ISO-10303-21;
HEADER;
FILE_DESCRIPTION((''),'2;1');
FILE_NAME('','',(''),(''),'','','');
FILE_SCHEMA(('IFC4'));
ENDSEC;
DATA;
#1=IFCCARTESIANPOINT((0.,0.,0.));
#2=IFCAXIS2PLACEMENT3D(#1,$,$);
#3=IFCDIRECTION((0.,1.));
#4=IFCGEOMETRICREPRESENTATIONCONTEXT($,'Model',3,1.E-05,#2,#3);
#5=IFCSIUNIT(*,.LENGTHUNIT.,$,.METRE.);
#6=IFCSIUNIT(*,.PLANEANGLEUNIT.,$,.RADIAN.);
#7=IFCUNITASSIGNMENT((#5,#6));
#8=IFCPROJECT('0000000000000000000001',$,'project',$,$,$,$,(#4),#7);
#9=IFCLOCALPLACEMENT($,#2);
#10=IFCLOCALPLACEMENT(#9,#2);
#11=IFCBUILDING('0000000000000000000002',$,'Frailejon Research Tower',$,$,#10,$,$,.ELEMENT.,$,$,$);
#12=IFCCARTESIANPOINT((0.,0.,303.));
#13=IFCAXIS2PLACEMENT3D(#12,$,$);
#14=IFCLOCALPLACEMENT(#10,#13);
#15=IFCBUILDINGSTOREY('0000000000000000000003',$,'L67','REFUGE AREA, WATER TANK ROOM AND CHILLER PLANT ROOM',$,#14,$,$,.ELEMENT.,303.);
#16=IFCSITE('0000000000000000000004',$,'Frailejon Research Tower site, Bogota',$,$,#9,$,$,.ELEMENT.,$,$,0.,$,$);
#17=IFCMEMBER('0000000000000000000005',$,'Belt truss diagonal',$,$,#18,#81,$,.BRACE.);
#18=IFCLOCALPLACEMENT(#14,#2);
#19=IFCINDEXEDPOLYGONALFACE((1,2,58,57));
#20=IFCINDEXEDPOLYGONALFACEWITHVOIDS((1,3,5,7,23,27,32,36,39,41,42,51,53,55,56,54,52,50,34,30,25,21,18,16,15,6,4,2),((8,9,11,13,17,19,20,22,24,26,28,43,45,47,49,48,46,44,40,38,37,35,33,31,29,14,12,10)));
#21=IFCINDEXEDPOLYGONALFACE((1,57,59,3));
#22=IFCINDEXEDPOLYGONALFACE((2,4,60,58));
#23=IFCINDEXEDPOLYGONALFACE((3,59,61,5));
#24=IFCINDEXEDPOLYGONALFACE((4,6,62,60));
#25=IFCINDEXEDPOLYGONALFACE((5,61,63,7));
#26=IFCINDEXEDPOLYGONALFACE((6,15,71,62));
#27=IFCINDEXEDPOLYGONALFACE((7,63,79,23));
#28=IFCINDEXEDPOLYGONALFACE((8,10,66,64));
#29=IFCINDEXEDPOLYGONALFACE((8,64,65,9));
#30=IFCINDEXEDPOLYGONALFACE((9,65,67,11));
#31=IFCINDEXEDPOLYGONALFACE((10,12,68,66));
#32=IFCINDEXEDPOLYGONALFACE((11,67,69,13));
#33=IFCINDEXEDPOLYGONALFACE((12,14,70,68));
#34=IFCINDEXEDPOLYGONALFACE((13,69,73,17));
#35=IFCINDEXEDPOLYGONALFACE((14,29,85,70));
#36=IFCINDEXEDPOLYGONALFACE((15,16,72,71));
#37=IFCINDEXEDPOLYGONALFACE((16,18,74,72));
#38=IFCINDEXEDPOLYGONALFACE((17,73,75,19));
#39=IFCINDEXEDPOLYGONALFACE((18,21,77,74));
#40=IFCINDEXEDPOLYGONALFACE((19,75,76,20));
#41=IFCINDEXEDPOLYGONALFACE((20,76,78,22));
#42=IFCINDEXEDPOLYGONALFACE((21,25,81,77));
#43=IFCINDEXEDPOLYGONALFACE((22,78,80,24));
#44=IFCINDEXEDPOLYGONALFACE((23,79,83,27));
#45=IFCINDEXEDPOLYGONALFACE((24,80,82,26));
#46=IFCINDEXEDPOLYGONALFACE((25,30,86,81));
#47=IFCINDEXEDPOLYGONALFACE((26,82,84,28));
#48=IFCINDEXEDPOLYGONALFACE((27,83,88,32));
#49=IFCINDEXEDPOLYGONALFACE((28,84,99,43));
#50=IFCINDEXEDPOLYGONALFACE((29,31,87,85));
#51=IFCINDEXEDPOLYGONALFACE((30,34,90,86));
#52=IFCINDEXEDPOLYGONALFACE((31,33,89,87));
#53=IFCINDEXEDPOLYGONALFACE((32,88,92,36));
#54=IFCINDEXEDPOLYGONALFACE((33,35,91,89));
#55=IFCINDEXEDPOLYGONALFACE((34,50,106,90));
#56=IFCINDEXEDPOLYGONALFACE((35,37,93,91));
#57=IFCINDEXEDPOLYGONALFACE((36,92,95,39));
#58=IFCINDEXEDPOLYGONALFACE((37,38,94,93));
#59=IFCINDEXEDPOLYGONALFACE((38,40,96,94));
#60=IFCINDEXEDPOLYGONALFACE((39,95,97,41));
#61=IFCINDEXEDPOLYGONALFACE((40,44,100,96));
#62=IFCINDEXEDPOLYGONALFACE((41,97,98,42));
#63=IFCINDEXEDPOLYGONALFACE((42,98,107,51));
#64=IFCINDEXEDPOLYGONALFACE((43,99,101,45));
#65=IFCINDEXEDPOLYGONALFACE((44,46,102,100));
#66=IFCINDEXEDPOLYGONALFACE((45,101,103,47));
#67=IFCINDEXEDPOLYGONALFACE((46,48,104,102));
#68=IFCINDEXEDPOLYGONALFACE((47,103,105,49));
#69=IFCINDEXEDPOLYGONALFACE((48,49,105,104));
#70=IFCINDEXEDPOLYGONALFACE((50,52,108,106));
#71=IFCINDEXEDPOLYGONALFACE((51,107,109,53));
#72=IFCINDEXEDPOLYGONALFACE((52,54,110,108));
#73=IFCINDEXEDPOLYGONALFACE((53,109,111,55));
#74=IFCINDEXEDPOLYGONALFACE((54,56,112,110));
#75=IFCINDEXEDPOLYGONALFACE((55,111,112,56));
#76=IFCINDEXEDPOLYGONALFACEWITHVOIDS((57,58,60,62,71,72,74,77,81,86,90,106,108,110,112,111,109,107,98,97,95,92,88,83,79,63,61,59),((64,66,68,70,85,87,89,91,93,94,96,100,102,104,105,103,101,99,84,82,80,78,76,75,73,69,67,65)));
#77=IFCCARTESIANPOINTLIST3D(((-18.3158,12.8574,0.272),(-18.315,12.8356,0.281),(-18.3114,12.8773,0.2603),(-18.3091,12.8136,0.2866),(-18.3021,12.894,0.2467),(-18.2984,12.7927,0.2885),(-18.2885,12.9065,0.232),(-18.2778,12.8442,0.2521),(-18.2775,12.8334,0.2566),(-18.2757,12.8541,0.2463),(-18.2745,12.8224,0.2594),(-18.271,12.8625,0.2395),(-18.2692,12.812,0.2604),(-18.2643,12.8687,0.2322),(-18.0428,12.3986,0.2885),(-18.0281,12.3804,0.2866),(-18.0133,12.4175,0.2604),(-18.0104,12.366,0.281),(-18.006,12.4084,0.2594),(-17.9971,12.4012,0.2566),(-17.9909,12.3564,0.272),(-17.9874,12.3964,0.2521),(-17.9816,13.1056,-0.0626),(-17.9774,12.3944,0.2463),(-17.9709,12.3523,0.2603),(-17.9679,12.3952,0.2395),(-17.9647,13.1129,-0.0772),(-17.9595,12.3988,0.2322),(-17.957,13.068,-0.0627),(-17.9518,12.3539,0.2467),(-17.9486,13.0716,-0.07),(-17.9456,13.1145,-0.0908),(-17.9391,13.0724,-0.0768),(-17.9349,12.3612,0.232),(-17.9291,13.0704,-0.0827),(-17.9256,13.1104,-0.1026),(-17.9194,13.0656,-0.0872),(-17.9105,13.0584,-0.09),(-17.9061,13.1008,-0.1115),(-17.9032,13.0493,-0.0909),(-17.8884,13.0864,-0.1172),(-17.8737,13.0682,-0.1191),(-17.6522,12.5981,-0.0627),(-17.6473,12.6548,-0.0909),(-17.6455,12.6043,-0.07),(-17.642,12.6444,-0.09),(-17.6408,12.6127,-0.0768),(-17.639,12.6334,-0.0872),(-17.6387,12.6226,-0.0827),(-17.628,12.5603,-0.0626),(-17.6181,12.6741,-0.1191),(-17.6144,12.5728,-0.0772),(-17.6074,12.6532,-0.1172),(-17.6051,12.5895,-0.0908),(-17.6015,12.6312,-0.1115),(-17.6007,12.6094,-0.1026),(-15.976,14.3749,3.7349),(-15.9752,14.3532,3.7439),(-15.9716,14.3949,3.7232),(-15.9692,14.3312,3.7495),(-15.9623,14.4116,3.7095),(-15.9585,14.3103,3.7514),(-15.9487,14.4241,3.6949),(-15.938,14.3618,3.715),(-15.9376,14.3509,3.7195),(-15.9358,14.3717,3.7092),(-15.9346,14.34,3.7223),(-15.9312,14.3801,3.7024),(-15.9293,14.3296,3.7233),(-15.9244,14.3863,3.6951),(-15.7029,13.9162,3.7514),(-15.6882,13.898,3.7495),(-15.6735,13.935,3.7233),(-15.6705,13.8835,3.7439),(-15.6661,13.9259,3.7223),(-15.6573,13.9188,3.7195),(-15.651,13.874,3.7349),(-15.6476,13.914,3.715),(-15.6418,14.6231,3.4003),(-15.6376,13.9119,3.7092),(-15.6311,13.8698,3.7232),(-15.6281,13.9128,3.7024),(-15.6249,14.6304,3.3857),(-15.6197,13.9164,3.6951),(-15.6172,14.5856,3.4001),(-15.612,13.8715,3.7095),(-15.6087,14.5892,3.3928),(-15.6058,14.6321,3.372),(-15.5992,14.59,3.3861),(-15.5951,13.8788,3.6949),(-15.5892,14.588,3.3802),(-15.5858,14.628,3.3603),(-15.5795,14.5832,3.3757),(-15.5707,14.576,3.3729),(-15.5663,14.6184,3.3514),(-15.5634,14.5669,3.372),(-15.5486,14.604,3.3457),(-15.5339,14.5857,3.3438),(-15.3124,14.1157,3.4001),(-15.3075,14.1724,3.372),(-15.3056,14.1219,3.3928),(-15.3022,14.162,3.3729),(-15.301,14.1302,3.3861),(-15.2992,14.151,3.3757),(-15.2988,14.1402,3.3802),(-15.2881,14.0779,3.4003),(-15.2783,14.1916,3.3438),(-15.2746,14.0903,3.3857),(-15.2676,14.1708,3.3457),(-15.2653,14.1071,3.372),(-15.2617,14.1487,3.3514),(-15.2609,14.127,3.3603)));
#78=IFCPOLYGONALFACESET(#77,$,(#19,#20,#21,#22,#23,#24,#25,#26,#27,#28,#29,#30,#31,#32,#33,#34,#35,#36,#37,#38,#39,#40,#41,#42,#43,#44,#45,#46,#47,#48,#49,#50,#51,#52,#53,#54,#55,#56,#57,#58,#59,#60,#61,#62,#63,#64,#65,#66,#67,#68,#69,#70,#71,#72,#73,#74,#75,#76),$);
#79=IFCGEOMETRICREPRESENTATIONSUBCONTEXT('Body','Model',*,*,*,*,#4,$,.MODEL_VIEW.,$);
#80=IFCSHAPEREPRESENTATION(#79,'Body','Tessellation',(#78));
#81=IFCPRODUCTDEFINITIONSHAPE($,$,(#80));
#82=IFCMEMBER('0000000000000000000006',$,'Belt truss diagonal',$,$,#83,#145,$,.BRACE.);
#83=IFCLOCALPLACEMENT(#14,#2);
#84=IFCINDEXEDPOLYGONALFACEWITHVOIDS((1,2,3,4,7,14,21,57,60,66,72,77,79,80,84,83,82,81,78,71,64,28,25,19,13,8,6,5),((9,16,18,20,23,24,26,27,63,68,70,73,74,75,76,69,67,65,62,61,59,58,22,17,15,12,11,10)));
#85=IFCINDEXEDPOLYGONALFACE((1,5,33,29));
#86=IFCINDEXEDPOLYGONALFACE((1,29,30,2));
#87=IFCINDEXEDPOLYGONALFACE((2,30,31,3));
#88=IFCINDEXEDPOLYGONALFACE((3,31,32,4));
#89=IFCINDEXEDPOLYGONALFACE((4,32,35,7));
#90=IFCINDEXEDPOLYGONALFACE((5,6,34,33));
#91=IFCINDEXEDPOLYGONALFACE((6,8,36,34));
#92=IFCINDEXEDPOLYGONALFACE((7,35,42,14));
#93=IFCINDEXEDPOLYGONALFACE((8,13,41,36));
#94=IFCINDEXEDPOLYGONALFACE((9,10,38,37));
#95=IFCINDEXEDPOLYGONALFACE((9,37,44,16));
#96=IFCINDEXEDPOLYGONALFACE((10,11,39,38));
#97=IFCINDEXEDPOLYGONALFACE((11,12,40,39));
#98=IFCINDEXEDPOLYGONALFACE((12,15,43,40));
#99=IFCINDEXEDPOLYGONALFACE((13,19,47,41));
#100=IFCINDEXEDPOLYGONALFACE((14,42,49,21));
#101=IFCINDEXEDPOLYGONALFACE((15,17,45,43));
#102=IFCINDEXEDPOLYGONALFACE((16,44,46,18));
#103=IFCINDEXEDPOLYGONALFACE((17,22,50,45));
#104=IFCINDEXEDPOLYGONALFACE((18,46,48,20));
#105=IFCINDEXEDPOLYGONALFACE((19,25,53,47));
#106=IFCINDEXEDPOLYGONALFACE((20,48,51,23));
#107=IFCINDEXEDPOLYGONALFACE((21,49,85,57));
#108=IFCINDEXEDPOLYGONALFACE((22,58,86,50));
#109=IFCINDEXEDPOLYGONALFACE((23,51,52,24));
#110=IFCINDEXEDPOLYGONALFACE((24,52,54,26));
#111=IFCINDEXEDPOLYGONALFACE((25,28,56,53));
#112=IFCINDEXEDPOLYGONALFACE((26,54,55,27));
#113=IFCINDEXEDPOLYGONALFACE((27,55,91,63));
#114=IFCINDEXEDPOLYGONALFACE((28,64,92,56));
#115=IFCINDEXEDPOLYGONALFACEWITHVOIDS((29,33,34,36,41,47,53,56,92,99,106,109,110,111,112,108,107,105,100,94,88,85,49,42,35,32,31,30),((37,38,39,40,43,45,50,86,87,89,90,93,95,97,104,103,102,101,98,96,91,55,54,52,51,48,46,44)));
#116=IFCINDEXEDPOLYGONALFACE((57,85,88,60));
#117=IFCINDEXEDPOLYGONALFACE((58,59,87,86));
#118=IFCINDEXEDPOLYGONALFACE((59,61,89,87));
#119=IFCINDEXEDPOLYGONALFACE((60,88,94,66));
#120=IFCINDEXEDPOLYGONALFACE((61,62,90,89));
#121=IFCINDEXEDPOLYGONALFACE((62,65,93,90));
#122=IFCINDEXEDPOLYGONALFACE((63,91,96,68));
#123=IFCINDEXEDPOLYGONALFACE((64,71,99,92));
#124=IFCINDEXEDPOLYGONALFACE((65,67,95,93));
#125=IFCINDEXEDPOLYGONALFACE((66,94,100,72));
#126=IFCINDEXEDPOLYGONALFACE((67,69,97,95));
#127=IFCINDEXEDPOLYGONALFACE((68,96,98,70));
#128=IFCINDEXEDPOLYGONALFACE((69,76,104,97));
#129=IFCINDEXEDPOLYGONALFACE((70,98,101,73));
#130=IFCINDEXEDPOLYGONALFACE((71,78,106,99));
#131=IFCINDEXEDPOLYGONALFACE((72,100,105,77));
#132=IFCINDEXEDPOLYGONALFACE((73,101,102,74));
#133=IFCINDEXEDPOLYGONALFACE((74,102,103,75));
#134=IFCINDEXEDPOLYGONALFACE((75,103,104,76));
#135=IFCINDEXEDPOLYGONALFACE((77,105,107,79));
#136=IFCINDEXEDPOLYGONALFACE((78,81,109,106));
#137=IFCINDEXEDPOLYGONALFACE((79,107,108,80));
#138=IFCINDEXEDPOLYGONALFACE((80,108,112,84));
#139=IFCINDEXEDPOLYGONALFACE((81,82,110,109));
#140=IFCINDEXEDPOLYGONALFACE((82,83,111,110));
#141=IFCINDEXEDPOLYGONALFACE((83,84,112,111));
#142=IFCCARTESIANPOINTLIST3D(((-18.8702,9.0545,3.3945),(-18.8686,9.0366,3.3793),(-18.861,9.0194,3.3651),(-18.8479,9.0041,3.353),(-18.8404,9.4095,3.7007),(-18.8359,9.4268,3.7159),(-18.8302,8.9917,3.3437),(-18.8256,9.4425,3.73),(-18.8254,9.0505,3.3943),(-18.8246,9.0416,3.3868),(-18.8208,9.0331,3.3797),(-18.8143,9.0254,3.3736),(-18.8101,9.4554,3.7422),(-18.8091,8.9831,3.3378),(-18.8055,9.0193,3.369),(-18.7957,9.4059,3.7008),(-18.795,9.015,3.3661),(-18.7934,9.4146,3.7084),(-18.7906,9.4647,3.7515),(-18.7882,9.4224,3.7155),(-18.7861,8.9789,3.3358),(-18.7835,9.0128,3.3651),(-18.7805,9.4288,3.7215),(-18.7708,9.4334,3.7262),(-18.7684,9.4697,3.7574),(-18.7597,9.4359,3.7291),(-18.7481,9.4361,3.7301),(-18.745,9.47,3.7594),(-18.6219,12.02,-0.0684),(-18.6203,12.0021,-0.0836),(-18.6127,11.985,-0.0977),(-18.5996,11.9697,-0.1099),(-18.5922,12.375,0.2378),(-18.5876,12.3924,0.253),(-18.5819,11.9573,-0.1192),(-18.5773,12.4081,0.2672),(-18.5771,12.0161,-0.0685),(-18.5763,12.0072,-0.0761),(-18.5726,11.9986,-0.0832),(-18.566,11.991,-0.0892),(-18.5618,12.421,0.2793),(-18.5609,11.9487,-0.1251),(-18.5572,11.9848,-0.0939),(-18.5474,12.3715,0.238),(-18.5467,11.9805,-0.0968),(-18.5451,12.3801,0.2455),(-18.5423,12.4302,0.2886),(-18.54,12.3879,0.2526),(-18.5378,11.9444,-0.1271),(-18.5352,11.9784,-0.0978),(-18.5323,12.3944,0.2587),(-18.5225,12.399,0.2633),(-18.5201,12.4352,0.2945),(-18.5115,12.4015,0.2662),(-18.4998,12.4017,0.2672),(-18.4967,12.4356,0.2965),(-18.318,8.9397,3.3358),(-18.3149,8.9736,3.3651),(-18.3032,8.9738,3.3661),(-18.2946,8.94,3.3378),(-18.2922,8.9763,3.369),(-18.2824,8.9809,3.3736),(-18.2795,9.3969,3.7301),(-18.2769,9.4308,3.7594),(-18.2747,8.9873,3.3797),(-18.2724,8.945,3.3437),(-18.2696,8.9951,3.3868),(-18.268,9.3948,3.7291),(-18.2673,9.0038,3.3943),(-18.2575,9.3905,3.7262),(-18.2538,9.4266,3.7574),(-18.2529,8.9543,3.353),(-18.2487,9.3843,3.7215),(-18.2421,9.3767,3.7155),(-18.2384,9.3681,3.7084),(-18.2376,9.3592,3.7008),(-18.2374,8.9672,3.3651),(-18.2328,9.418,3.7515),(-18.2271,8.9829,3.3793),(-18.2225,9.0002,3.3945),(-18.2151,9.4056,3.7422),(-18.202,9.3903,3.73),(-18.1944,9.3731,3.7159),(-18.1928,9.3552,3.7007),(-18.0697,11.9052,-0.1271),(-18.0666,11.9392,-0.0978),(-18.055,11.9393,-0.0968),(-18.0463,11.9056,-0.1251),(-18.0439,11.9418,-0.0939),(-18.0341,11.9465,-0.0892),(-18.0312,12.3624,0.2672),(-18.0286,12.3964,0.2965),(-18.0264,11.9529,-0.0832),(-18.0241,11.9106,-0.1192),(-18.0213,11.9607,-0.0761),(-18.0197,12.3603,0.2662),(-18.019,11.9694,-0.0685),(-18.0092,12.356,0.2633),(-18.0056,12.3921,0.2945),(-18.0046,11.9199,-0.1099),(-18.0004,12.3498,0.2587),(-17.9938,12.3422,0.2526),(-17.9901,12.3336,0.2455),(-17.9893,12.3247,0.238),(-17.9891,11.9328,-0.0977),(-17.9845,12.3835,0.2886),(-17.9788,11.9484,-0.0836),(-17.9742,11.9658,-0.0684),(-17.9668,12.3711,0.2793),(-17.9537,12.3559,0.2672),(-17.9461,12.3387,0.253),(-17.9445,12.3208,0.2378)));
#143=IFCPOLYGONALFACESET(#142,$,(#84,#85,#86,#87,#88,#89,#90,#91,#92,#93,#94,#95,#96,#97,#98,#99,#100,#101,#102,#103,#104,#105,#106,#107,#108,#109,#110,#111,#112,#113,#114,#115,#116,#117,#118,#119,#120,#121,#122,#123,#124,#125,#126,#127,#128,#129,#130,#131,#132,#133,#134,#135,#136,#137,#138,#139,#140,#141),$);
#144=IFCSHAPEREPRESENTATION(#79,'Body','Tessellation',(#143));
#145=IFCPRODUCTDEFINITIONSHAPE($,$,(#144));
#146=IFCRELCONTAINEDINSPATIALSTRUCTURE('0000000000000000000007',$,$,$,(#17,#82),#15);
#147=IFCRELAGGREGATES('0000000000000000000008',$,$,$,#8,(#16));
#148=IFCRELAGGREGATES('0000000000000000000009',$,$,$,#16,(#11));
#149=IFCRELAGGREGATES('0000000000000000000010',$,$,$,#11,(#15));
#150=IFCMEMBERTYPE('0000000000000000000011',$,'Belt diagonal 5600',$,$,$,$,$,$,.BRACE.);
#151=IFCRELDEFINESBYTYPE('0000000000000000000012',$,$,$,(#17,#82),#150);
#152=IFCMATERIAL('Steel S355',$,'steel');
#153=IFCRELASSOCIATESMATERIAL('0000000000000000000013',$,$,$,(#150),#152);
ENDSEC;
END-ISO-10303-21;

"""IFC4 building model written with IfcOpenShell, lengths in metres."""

from ifc_helpers import new_model, si_unit, direction, frame, origin, origin_2d, place, context, subcontext, project, spatial, hollow_rectangle, extrude, material, material_profile, profile_set, type_object, element, save


model = new_model("IFC4")

# Units and contexts
model_context = context("Model", 3, precision=1e-05, world=origin(), true_north=direction((0.0, 1.0)))
body_context = subcontext(model_context, "Body", "Model", "MODEL_VIEW")
ifc_project = project(units=[si_unit("LENGTHUNIT", "METRE"), si_unit("PLANEANGLEUNIT", "RADIAN")], contexts=[model_context])

# Site, building, storey
site_placement = place(None, origin())
site = spatial("IfcSite", under=ifc_project, at=site_placement, Name="Frailejon Research Tower site, Bogota", CompositionType="ELEMENT", RefElevation=0.0)
building_placement = place(site_placement, origin())
building = spatial("IfcBuilding", under=site, at=building_placement, Name="Frailejon Research Tower", CompositionType="ELEMENT")
storey_placement = place(building_placement, frame((0.0, 0.0, 303.0)))
storey = spatial("IfcBuildingStorey", under=building, at=storey_placement, Name="L67", Description="REFUGE AREA, WATER TANK ROOM AND CHILLER PLANT ROOM", CompositionType="ELEMENT", Elevation=303.0)

# Members
ifc_material_1 = material(Name="Steel S355", Category="steel")
ifc_material_profile_1 = material_profile(ifc_material_1, hollow_rectangle(XDim=0.6499, YDim=0.6499, WallThickness=0.0449, InnerFilletRadius=0.0449, OuterFilletRadius=0.0901, at=origin_2d()), Name="Belt diagonal 5600")
ifc_profile_set_1 = profile_set([ifc_material_profile_1], Name="Steel S355")
member_type = type_object("IfcMemberType", Name="Belt diagonal 5600", PredefinedType="BRACE", material=ifc_profile_set_1)
member_1_placement = place(storey_placement, frame((-15.6184, 14.251, 3.5476), z_axis=(-0.526246, -0.341313, -0.778826), x_axis=(0.544151, -0.838987, 0.0)))
element("IfcMember", 1, at=member_1_placement, inside=storey, type_object=member_type, Name="Belt truss diagonal", PredefinedType="BRACE", context=body_context, shape_type="SweptSolid", body=[
    extrude(hollow_rectangle(XDim=0.6499, YDim=0.6499, WallThickness=0.0449, InnerFilletRadius=0.0449, OuterFilletRadius=0.0901, at=origin_2d()), origin(), (0.0, 0.0, 1.0), 4.4463),
])
member_2_placement = place(storey_placement, frame((-18.2832, 12.1704, 0.0847), z_axis=(-0.054379, -0.649498, 0.758416), x_axis=(0.996513, -0.083432, 0.0)))
element("IfcMember", 2, at=member_2_placement, inside=storey, type_object=member_type, Name="Belt truss diagonal", PredefinedType="BRACE", context=body_context, shape_type="SweptSolid", body=[
    extrude(hollow_rectangle(XDim=0.6499, YDim=0.6499, WallThickness=0.0449, InnerFilletRadius=0.0449, OuterFilletRadius=0.0901, at=origin_2d()), origin(), (0.0, 0.0, 1.0), 4.5659),
])

save(model, "model.ifc")
